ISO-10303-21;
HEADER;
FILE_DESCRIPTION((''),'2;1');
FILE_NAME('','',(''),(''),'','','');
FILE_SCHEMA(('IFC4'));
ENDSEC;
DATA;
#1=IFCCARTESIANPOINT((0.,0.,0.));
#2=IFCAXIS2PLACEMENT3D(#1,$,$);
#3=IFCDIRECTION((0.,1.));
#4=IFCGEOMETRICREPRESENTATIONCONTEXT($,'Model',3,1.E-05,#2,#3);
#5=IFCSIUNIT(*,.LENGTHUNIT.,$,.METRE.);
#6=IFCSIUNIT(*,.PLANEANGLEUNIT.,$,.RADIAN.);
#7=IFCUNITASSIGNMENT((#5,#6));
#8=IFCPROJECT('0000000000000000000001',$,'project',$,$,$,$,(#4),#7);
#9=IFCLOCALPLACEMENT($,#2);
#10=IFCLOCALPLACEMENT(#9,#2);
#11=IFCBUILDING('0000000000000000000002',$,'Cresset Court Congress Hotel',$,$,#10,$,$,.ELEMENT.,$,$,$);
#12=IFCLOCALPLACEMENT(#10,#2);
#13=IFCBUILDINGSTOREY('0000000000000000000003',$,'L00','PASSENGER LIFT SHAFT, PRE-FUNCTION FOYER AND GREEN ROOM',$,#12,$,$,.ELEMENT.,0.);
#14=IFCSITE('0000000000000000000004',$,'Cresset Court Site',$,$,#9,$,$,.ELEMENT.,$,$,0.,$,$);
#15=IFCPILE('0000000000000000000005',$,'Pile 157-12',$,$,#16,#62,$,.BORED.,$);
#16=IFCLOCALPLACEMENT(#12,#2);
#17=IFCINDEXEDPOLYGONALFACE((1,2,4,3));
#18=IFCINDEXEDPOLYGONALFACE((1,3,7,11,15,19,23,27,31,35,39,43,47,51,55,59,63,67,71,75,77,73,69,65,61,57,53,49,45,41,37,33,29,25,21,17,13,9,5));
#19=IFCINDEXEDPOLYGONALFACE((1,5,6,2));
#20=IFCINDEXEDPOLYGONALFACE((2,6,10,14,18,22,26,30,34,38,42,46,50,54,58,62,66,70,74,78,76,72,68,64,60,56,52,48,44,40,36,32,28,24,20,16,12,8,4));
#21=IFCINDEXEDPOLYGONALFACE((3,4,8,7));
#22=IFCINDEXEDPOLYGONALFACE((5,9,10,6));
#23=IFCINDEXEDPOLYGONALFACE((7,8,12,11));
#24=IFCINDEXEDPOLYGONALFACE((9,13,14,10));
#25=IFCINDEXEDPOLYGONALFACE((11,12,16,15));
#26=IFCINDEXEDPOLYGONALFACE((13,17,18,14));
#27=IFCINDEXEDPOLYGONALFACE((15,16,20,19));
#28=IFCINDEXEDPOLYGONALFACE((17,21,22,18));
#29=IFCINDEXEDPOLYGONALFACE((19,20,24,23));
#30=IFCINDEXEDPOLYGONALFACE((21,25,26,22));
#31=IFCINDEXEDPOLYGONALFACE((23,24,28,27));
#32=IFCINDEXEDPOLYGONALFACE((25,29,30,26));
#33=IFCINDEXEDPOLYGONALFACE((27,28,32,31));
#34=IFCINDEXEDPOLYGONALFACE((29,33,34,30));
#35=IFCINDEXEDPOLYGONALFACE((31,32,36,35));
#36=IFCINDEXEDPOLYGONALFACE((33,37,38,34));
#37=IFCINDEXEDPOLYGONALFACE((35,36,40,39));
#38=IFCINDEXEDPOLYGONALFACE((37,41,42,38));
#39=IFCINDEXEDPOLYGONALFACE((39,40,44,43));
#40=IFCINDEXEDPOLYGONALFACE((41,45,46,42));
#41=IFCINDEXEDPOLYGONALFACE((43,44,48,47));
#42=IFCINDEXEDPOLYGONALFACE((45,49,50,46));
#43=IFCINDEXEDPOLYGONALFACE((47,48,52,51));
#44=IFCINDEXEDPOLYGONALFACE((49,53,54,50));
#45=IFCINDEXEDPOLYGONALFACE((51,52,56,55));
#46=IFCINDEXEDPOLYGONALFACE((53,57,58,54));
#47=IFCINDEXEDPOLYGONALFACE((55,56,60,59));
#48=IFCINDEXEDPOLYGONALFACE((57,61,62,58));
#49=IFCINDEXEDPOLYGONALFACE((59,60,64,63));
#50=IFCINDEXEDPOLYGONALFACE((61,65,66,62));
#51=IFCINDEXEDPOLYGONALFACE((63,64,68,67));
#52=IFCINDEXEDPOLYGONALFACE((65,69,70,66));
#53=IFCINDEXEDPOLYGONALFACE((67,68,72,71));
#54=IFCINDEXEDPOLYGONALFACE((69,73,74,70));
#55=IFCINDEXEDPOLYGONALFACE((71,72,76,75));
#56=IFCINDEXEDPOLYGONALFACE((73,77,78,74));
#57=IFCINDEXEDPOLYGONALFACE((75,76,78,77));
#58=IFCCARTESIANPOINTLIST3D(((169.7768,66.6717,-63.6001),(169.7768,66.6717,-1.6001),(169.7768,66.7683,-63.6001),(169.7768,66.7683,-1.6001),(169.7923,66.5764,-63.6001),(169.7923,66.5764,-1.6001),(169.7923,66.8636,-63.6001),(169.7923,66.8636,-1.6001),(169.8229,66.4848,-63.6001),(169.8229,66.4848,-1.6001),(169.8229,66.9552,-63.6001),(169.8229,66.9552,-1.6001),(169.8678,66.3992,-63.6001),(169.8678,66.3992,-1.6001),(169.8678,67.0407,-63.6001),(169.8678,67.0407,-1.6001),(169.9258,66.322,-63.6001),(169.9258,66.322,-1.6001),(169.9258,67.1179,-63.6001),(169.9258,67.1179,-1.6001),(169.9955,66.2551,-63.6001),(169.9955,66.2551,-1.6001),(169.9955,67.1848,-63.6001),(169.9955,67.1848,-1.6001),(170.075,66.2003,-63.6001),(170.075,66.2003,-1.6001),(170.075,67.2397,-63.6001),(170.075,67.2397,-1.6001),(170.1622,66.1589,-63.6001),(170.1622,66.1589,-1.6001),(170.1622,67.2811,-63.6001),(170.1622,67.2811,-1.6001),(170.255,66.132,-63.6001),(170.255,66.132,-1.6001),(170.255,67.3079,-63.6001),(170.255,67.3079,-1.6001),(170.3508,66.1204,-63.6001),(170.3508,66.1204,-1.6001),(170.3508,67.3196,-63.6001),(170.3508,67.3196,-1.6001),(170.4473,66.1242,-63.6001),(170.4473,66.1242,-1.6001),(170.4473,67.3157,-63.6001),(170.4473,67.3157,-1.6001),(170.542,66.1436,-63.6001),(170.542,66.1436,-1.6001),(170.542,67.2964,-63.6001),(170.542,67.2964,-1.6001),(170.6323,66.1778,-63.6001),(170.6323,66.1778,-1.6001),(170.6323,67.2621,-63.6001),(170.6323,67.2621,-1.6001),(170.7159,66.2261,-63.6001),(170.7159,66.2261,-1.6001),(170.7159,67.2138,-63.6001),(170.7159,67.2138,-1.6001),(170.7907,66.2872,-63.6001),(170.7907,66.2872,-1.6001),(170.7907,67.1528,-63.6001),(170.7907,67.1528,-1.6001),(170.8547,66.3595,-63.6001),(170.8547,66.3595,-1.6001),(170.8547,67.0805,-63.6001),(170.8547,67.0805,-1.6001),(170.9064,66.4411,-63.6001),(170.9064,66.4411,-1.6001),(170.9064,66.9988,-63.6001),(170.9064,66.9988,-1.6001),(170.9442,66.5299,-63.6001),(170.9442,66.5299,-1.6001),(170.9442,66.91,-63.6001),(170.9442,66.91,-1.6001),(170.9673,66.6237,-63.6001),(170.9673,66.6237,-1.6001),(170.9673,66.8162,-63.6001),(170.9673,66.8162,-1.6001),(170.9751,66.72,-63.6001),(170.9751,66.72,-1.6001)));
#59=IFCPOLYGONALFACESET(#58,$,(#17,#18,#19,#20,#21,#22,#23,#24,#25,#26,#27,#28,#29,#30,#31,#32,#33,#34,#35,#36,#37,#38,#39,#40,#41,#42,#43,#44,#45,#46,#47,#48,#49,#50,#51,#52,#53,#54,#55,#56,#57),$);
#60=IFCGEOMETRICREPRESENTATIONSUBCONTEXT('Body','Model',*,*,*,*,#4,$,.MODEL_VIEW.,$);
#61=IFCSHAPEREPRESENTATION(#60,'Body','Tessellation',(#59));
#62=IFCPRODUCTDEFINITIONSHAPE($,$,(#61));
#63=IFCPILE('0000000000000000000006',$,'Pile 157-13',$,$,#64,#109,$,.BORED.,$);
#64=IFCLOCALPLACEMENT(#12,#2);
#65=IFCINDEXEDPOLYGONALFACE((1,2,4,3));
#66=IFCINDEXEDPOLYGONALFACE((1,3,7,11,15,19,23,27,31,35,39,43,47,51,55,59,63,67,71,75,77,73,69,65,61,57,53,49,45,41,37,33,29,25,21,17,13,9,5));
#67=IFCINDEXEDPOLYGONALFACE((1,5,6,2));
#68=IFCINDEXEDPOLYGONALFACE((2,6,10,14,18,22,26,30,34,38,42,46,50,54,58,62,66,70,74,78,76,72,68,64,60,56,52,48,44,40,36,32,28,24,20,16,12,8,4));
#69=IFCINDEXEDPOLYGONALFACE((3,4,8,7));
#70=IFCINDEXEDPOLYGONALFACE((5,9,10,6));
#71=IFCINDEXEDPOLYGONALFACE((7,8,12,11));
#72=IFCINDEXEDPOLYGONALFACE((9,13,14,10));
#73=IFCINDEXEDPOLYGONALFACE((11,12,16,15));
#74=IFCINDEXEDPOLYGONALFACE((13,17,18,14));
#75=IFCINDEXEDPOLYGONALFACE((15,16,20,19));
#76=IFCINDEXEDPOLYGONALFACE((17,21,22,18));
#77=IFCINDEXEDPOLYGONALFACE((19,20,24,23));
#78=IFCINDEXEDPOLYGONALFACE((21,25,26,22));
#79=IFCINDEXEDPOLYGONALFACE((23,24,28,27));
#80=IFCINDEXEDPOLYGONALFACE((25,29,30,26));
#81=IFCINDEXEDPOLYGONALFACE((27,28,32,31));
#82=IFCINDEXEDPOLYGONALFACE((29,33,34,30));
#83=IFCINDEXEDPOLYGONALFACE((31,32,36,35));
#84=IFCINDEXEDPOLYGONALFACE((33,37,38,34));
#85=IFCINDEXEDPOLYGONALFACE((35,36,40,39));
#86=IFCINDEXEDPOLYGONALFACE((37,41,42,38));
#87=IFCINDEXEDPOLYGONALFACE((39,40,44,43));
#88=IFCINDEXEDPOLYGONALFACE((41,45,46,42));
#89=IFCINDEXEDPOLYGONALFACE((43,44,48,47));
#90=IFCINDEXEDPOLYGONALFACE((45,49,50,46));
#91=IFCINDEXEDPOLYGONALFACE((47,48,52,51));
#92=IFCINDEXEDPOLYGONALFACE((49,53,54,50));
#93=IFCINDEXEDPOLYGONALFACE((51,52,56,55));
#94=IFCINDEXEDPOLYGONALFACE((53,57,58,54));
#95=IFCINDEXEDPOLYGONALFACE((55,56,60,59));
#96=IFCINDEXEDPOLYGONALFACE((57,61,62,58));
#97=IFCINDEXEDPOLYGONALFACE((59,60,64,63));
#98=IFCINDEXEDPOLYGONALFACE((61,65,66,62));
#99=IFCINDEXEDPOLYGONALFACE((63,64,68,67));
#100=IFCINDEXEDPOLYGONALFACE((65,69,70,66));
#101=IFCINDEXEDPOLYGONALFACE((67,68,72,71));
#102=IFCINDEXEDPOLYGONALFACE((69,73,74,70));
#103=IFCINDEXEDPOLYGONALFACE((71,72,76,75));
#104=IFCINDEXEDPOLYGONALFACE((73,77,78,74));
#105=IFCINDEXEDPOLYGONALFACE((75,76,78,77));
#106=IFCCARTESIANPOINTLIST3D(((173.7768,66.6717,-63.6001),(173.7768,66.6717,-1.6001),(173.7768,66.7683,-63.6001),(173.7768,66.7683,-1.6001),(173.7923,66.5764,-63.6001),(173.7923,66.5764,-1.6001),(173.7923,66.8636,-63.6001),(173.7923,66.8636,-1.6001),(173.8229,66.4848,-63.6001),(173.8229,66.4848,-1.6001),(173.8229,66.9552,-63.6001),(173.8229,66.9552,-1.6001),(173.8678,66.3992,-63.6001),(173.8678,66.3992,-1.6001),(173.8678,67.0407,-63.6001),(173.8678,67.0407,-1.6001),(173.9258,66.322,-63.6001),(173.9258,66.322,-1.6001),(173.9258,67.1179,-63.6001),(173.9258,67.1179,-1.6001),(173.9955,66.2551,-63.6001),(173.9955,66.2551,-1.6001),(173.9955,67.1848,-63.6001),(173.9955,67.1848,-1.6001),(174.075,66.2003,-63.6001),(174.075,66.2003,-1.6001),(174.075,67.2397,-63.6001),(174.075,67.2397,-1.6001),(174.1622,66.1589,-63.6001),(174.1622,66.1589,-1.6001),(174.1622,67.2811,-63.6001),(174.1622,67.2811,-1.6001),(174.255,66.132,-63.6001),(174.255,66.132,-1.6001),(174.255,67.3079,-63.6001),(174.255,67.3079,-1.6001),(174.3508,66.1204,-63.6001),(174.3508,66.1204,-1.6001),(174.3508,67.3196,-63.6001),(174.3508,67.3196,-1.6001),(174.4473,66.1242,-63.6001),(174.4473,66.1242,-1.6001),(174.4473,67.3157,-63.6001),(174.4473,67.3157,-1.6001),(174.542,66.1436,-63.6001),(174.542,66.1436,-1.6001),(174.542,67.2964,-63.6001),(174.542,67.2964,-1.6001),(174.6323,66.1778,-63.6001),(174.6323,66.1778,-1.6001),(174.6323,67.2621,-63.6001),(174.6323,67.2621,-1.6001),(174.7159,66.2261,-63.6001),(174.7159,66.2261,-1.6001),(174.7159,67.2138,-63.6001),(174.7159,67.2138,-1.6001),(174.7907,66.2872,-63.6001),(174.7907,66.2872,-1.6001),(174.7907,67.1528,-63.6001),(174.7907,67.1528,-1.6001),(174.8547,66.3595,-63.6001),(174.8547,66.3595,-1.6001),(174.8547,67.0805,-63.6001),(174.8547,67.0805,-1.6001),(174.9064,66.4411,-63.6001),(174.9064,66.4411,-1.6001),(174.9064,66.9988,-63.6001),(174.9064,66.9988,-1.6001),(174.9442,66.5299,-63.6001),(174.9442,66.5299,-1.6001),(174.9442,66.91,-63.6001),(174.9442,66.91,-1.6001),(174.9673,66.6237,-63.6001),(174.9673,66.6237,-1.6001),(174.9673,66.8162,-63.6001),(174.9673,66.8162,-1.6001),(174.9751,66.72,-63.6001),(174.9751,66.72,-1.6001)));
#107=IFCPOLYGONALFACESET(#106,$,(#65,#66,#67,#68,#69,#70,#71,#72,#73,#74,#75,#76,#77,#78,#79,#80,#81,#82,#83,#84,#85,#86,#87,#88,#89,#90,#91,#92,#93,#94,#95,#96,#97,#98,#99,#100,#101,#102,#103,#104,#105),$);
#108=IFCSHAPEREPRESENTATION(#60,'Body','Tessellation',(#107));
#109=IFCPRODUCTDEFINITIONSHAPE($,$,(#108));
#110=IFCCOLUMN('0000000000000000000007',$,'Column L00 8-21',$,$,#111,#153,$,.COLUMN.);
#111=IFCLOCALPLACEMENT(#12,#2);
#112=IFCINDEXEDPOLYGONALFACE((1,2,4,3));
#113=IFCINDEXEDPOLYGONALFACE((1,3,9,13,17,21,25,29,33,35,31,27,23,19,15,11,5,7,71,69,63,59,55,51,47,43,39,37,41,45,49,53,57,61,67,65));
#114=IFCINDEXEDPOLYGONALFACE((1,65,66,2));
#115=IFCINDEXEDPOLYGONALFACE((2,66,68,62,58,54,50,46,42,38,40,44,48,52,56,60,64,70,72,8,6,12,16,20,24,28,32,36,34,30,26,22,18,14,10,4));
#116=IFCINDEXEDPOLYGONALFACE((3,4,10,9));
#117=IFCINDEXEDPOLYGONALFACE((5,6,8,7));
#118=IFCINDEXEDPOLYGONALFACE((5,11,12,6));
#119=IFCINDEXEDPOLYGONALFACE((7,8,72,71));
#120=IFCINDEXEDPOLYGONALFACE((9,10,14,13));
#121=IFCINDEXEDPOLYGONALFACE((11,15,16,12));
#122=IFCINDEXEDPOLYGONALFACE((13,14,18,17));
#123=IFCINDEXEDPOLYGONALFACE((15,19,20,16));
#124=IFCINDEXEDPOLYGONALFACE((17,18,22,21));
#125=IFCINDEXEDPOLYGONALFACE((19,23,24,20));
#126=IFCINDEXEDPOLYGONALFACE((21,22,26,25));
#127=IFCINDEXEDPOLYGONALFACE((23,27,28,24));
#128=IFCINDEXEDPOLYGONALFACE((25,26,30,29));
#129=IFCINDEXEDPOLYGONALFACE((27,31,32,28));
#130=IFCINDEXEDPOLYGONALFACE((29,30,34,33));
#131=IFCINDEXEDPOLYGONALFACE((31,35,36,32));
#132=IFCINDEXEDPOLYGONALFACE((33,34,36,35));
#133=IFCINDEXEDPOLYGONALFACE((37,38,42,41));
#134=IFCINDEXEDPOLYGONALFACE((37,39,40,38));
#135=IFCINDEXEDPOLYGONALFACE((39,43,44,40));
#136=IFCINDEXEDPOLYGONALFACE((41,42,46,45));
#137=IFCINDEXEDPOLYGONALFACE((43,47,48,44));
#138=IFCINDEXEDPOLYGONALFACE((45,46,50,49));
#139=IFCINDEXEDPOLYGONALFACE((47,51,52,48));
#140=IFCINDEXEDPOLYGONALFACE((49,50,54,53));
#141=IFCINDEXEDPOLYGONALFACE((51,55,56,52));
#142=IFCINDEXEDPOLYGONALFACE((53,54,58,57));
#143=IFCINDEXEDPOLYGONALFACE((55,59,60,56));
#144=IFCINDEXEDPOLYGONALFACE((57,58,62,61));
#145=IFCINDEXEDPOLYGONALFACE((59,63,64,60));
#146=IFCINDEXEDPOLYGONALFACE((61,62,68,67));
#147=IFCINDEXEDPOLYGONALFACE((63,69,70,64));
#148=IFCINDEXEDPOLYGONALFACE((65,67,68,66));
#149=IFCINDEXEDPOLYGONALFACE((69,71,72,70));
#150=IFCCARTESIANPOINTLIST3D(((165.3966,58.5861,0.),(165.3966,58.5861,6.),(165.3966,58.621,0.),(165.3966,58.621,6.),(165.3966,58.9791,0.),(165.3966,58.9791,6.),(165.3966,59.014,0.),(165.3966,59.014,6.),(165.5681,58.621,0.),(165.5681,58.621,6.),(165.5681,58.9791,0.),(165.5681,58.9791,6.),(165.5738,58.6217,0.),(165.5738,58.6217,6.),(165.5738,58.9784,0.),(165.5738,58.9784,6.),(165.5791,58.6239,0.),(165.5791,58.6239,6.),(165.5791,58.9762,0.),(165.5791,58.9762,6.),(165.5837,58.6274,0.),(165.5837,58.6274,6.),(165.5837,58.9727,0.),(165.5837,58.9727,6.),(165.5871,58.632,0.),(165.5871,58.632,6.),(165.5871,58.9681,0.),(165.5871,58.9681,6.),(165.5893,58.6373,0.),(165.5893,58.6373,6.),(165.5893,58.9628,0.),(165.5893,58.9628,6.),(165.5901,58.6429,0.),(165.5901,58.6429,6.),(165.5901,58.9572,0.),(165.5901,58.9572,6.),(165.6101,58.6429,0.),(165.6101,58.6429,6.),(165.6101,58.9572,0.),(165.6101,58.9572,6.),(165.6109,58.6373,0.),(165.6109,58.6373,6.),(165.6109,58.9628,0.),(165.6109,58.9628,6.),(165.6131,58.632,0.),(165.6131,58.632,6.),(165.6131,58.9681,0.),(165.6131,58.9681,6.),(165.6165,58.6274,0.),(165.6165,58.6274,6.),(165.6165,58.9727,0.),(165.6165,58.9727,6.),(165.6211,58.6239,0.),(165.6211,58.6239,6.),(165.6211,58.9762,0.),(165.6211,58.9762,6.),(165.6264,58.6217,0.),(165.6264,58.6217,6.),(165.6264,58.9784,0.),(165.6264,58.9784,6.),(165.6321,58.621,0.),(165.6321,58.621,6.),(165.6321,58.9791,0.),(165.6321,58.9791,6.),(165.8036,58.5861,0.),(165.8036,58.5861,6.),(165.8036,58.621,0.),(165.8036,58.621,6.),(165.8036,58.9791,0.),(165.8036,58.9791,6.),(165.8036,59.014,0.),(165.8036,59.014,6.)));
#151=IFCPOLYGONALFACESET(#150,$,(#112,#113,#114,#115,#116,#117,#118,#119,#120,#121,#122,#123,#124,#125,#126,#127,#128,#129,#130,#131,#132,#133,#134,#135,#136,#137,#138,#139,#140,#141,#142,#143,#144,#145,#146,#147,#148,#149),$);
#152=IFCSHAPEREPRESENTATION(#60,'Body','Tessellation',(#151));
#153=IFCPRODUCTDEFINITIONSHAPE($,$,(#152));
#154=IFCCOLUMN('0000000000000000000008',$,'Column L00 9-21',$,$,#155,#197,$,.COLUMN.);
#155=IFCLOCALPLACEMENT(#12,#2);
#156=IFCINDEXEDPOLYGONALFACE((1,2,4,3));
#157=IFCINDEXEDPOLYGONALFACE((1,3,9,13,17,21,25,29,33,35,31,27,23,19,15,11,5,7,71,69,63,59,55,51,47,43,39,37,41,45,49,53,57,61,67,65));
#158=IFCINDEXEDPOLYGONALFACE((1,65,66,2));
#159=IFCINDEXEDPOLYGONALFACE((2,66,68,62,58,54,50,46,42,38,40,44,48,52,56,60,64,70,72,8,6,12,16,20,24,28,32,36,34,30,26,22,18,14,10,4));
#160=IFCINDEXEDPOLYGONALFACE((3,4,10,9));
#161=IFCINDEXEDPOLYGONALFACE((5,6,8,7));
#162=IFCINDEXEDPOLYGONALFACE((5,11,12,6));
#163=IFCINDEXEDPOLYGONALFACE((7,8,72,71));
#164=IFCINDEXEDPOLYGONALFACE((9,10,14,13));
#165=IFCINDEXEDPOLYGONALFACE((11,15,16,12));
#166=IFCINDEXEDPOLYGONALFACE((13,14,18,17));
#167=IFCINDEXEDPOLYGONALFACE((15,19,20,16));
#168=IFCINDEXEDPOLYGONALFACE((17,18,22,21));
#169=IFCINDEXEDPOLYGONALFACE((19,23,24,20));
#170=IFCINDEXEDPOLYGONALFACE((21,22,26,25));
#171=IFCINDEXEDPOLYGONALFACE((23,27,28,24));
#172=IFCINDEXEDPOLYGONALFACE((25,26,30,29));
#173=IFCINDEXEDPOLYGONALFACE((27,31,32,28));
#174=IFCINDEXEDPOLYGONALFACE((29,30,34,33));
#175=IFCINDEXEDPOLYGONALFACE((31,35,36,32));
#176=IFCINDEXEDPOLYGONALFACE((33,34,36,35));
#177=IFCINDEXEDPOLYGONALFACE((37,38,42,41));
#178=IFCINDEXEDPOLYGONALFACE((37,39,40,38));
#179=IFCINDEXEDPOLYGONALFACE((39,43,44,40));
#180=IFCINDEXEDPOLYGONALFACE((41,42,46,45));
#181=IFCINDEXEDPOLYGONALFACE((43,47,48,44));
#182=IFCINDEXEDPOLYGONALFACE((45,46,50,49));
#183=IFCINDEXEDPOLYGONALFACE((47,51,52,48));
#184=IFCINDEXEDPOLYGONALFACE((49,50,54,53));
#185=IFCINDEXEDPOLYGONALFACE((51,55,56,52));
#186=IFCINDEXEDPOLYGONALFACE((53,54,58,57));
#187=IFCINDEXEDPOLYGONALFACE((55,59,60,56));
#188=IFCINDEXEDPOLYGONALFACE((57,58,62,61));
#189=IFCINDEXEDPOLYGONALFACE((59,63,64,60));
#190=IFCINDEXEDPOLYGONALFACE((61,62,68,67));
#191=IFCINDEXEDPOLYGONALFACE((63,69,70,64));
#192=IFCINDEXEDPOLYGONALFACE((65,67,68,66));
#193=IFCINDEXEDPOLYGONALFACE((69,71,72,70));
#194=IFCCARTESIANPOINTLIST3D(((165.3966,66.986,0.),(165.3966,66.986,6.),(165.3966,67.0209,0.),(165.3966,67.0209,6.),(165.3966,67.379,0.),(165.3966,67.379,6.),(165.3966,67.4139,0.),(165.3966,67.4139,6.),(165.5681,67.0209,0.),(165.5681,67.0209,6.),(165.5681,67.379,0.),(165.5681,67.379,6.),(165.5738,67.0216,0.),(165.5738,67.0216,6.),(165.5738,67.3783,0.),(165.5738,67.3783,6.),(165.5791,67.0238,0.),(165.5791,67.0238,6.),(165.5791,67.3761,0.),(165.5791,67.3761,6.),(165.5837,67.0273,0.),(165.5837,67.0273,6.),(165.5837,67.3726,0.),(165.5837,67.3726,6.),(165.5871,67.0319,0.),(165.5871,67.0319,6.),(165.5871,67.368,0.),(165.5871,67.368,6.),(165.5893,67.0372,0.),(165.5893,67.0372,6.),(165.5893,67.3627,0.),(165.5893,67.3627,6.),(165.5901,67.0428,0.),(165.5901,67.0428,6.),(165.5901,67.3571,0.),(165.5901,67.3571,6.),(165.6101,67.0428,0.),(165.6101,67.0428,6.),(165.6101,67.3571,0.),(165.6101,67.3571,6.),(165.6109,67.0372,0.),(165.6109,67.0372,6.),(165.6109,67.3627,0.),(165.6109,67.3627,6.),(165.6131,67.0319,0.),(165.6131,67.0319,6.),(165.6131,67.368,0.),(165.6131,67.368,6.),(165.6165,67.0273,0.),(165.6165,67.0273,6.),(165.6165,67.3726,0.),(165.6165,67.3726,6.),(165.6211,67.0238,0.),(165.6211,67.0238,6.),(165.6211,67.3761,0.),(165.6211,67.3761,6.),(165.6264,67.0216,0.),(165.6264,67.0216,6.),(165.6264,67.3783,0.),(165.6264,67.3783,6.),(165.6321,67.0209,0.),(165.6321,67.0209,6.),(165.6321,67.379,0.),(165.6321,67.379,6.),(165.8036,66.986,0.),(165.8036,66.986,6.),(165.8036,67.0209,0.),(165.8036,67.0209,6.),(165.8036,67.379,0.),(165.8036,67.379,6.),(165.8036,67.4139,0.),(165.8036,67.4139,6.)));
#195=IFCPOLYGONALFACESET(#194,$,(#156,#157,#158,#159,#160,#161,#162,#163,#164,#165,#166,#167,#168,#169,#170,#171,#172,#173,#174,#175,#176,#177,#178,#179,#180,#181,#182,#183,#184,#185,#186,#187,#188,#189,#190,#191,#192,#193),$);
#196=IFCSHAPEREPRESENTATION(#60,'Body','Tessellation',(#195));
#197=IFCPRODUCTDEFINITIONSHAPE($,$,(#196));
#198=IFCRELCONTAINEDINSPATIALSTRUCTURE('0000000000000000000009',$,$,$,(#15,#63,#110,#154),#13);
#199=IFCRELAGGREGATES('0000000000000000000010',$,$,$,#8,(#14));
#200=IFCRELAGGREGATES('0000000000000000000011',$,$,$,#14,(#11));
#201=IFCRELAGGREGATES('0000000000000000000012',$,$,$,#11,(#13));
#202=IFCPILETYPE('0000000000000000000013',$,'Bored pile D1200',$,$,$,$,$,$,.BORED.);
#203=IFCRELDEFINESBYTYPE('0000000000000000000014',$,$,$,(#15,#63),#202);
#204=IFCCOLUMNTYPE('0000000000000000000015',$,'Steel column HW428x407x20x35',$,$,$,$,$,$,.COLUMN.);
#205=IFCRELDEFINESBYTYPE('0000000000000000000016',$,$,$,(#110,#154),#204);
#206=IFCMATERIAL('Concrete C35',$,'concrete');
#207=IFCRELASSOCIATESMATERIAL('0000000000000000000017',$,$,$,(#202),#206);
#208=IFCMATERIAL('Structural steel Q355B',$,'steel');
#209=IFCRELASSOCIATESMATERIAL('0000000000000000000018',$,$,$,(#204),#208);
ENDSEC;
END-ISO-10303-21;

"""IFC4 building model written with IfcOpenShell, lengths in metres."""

from ifc_helpers import new_model, si_unit, direction, frame, origin, origin_2d, place, context, subcontext, project, spatial, circle, i_section, extrude, material, material_profile, profile_set, type_object, element, save


model = new_model("IFC4")

# Units and contexts
model_context = context("Model", 3, precision=1e-05, world=origin(), true_north=direction((0.0, 1.0)))
body_context = subcontext(model_context, "Body", "Model", "MODEL_VIEW")
ifc_project = project(units=[si_unit("LENGTHUNIT", "METRE"), si_unit("PLANEANGLEUNIT", "RADIAN")], contexts=[model_context])

# Site, building, storey
site_placement = place(None, origin())
site = spatial("IfcSite", under=ifc_project, at=site_placement, Name="Cresset Court Site", CompositionType="ELEMENT", RefElevation=0.0)
building_placement = place(site_placement, origin())
building = spatial("IfcBuilding", under=site, at=building_placement, Name="Cresset Court Congress Hotel", CompositionType="ELEMENT")
storey_placement = place(building_placement, origin())
storey = spatial("IfcBuildingStorey", under=building, at=storey_placement, Name="L00", Description="PASSENGER LIFT SHAFT, PRE-FUNCTION FOYER AND GREEN ROOM", CompositionType="ELEMENT", Elevation=0.0)

# Piles
ifc_material_1 = material(Name="Concrete C35", Category="concrete")
pile_type = type_object("IfcPileType", Name="Bored pile D1200", PredefinedType="BORED", material=ifc_material_1)
for number, where, z_axis, x_axis, name in (
    (1, (170.375, 66.72, -1.6001), (0.0, 0.0, -1.0), (1.0, 0.0, 0.0), "Pile 157-12"),
    (2, (174.375, 66.72, -1.6001), (0.0, 0.0, -1.0), (1.0, 0.0, 0.0), "Pile 157-13"),
):
    element("IfcPile", number, at=place(storey_placement, frame(where, z_axis=z_axis, x_axis=x_axis)), inside=storey, type_object=pile_type, Name=name, PredefinedType="BORED", context=body_context, shape_type="SweptSolid", body=[
        extrude(circle(Radius=0.6001, at=origin_2d()), origin(), (0.0, 0.0, 1.0), 62.0),
    ])

# Columns
ifc_material_2 = material(Name="Structural steel Q355B", Category="steel")
ifc_material_profile = material_profile(ifc_material_2, i_section(OverallWidth=0.407, OverallDepth=0.428, WebThickness=0.02, FlangeThickness=0.0349, FilletRadius=0.022, at=origin_2d()), Name="HW428x407x20x35")
ifc_profile_set = profile_set([ifc_material_profile], Name="Structural steel Q355B")
column_type = type_object("IfcColumnType", Name="Steel column HW428x407x20x35", PredefinedType="COLUMN", material=ifc_profile_set)
for number, where, z_axis, x_axis, name in (
    (3, (165.6001, 58.8, 0.0), (0.0, 0.0, 1.0), (1.0, 0.0, 0.0), "Column L00 8-21"),
    (4, (165.6001, 67.2, 0.0), (0.0, 0.0, 1.0), (1.0, 0.0, 0.0), "Column L00 9-21"),
):
    element("IfcColumn", number, at=place(storey_placement, frame(where, z_axis=z_axis, x_axis=x_axis)), inside=storey, type_object=column_type, Name=name, PredefinedType="COLUMN", context=body_context, shape_type="SweptSolid", body=[
        extrude(i_section(OverallWidth=0.407, OverallDepth=0.428, WebThickness=0.02, FlangeThickness=0.0349, FilletRadius=0.022, at=origin_2d()), origin(), (0.0, 0.0, 1.0), 6.0),
    ])

save(model, "model.ifc")
